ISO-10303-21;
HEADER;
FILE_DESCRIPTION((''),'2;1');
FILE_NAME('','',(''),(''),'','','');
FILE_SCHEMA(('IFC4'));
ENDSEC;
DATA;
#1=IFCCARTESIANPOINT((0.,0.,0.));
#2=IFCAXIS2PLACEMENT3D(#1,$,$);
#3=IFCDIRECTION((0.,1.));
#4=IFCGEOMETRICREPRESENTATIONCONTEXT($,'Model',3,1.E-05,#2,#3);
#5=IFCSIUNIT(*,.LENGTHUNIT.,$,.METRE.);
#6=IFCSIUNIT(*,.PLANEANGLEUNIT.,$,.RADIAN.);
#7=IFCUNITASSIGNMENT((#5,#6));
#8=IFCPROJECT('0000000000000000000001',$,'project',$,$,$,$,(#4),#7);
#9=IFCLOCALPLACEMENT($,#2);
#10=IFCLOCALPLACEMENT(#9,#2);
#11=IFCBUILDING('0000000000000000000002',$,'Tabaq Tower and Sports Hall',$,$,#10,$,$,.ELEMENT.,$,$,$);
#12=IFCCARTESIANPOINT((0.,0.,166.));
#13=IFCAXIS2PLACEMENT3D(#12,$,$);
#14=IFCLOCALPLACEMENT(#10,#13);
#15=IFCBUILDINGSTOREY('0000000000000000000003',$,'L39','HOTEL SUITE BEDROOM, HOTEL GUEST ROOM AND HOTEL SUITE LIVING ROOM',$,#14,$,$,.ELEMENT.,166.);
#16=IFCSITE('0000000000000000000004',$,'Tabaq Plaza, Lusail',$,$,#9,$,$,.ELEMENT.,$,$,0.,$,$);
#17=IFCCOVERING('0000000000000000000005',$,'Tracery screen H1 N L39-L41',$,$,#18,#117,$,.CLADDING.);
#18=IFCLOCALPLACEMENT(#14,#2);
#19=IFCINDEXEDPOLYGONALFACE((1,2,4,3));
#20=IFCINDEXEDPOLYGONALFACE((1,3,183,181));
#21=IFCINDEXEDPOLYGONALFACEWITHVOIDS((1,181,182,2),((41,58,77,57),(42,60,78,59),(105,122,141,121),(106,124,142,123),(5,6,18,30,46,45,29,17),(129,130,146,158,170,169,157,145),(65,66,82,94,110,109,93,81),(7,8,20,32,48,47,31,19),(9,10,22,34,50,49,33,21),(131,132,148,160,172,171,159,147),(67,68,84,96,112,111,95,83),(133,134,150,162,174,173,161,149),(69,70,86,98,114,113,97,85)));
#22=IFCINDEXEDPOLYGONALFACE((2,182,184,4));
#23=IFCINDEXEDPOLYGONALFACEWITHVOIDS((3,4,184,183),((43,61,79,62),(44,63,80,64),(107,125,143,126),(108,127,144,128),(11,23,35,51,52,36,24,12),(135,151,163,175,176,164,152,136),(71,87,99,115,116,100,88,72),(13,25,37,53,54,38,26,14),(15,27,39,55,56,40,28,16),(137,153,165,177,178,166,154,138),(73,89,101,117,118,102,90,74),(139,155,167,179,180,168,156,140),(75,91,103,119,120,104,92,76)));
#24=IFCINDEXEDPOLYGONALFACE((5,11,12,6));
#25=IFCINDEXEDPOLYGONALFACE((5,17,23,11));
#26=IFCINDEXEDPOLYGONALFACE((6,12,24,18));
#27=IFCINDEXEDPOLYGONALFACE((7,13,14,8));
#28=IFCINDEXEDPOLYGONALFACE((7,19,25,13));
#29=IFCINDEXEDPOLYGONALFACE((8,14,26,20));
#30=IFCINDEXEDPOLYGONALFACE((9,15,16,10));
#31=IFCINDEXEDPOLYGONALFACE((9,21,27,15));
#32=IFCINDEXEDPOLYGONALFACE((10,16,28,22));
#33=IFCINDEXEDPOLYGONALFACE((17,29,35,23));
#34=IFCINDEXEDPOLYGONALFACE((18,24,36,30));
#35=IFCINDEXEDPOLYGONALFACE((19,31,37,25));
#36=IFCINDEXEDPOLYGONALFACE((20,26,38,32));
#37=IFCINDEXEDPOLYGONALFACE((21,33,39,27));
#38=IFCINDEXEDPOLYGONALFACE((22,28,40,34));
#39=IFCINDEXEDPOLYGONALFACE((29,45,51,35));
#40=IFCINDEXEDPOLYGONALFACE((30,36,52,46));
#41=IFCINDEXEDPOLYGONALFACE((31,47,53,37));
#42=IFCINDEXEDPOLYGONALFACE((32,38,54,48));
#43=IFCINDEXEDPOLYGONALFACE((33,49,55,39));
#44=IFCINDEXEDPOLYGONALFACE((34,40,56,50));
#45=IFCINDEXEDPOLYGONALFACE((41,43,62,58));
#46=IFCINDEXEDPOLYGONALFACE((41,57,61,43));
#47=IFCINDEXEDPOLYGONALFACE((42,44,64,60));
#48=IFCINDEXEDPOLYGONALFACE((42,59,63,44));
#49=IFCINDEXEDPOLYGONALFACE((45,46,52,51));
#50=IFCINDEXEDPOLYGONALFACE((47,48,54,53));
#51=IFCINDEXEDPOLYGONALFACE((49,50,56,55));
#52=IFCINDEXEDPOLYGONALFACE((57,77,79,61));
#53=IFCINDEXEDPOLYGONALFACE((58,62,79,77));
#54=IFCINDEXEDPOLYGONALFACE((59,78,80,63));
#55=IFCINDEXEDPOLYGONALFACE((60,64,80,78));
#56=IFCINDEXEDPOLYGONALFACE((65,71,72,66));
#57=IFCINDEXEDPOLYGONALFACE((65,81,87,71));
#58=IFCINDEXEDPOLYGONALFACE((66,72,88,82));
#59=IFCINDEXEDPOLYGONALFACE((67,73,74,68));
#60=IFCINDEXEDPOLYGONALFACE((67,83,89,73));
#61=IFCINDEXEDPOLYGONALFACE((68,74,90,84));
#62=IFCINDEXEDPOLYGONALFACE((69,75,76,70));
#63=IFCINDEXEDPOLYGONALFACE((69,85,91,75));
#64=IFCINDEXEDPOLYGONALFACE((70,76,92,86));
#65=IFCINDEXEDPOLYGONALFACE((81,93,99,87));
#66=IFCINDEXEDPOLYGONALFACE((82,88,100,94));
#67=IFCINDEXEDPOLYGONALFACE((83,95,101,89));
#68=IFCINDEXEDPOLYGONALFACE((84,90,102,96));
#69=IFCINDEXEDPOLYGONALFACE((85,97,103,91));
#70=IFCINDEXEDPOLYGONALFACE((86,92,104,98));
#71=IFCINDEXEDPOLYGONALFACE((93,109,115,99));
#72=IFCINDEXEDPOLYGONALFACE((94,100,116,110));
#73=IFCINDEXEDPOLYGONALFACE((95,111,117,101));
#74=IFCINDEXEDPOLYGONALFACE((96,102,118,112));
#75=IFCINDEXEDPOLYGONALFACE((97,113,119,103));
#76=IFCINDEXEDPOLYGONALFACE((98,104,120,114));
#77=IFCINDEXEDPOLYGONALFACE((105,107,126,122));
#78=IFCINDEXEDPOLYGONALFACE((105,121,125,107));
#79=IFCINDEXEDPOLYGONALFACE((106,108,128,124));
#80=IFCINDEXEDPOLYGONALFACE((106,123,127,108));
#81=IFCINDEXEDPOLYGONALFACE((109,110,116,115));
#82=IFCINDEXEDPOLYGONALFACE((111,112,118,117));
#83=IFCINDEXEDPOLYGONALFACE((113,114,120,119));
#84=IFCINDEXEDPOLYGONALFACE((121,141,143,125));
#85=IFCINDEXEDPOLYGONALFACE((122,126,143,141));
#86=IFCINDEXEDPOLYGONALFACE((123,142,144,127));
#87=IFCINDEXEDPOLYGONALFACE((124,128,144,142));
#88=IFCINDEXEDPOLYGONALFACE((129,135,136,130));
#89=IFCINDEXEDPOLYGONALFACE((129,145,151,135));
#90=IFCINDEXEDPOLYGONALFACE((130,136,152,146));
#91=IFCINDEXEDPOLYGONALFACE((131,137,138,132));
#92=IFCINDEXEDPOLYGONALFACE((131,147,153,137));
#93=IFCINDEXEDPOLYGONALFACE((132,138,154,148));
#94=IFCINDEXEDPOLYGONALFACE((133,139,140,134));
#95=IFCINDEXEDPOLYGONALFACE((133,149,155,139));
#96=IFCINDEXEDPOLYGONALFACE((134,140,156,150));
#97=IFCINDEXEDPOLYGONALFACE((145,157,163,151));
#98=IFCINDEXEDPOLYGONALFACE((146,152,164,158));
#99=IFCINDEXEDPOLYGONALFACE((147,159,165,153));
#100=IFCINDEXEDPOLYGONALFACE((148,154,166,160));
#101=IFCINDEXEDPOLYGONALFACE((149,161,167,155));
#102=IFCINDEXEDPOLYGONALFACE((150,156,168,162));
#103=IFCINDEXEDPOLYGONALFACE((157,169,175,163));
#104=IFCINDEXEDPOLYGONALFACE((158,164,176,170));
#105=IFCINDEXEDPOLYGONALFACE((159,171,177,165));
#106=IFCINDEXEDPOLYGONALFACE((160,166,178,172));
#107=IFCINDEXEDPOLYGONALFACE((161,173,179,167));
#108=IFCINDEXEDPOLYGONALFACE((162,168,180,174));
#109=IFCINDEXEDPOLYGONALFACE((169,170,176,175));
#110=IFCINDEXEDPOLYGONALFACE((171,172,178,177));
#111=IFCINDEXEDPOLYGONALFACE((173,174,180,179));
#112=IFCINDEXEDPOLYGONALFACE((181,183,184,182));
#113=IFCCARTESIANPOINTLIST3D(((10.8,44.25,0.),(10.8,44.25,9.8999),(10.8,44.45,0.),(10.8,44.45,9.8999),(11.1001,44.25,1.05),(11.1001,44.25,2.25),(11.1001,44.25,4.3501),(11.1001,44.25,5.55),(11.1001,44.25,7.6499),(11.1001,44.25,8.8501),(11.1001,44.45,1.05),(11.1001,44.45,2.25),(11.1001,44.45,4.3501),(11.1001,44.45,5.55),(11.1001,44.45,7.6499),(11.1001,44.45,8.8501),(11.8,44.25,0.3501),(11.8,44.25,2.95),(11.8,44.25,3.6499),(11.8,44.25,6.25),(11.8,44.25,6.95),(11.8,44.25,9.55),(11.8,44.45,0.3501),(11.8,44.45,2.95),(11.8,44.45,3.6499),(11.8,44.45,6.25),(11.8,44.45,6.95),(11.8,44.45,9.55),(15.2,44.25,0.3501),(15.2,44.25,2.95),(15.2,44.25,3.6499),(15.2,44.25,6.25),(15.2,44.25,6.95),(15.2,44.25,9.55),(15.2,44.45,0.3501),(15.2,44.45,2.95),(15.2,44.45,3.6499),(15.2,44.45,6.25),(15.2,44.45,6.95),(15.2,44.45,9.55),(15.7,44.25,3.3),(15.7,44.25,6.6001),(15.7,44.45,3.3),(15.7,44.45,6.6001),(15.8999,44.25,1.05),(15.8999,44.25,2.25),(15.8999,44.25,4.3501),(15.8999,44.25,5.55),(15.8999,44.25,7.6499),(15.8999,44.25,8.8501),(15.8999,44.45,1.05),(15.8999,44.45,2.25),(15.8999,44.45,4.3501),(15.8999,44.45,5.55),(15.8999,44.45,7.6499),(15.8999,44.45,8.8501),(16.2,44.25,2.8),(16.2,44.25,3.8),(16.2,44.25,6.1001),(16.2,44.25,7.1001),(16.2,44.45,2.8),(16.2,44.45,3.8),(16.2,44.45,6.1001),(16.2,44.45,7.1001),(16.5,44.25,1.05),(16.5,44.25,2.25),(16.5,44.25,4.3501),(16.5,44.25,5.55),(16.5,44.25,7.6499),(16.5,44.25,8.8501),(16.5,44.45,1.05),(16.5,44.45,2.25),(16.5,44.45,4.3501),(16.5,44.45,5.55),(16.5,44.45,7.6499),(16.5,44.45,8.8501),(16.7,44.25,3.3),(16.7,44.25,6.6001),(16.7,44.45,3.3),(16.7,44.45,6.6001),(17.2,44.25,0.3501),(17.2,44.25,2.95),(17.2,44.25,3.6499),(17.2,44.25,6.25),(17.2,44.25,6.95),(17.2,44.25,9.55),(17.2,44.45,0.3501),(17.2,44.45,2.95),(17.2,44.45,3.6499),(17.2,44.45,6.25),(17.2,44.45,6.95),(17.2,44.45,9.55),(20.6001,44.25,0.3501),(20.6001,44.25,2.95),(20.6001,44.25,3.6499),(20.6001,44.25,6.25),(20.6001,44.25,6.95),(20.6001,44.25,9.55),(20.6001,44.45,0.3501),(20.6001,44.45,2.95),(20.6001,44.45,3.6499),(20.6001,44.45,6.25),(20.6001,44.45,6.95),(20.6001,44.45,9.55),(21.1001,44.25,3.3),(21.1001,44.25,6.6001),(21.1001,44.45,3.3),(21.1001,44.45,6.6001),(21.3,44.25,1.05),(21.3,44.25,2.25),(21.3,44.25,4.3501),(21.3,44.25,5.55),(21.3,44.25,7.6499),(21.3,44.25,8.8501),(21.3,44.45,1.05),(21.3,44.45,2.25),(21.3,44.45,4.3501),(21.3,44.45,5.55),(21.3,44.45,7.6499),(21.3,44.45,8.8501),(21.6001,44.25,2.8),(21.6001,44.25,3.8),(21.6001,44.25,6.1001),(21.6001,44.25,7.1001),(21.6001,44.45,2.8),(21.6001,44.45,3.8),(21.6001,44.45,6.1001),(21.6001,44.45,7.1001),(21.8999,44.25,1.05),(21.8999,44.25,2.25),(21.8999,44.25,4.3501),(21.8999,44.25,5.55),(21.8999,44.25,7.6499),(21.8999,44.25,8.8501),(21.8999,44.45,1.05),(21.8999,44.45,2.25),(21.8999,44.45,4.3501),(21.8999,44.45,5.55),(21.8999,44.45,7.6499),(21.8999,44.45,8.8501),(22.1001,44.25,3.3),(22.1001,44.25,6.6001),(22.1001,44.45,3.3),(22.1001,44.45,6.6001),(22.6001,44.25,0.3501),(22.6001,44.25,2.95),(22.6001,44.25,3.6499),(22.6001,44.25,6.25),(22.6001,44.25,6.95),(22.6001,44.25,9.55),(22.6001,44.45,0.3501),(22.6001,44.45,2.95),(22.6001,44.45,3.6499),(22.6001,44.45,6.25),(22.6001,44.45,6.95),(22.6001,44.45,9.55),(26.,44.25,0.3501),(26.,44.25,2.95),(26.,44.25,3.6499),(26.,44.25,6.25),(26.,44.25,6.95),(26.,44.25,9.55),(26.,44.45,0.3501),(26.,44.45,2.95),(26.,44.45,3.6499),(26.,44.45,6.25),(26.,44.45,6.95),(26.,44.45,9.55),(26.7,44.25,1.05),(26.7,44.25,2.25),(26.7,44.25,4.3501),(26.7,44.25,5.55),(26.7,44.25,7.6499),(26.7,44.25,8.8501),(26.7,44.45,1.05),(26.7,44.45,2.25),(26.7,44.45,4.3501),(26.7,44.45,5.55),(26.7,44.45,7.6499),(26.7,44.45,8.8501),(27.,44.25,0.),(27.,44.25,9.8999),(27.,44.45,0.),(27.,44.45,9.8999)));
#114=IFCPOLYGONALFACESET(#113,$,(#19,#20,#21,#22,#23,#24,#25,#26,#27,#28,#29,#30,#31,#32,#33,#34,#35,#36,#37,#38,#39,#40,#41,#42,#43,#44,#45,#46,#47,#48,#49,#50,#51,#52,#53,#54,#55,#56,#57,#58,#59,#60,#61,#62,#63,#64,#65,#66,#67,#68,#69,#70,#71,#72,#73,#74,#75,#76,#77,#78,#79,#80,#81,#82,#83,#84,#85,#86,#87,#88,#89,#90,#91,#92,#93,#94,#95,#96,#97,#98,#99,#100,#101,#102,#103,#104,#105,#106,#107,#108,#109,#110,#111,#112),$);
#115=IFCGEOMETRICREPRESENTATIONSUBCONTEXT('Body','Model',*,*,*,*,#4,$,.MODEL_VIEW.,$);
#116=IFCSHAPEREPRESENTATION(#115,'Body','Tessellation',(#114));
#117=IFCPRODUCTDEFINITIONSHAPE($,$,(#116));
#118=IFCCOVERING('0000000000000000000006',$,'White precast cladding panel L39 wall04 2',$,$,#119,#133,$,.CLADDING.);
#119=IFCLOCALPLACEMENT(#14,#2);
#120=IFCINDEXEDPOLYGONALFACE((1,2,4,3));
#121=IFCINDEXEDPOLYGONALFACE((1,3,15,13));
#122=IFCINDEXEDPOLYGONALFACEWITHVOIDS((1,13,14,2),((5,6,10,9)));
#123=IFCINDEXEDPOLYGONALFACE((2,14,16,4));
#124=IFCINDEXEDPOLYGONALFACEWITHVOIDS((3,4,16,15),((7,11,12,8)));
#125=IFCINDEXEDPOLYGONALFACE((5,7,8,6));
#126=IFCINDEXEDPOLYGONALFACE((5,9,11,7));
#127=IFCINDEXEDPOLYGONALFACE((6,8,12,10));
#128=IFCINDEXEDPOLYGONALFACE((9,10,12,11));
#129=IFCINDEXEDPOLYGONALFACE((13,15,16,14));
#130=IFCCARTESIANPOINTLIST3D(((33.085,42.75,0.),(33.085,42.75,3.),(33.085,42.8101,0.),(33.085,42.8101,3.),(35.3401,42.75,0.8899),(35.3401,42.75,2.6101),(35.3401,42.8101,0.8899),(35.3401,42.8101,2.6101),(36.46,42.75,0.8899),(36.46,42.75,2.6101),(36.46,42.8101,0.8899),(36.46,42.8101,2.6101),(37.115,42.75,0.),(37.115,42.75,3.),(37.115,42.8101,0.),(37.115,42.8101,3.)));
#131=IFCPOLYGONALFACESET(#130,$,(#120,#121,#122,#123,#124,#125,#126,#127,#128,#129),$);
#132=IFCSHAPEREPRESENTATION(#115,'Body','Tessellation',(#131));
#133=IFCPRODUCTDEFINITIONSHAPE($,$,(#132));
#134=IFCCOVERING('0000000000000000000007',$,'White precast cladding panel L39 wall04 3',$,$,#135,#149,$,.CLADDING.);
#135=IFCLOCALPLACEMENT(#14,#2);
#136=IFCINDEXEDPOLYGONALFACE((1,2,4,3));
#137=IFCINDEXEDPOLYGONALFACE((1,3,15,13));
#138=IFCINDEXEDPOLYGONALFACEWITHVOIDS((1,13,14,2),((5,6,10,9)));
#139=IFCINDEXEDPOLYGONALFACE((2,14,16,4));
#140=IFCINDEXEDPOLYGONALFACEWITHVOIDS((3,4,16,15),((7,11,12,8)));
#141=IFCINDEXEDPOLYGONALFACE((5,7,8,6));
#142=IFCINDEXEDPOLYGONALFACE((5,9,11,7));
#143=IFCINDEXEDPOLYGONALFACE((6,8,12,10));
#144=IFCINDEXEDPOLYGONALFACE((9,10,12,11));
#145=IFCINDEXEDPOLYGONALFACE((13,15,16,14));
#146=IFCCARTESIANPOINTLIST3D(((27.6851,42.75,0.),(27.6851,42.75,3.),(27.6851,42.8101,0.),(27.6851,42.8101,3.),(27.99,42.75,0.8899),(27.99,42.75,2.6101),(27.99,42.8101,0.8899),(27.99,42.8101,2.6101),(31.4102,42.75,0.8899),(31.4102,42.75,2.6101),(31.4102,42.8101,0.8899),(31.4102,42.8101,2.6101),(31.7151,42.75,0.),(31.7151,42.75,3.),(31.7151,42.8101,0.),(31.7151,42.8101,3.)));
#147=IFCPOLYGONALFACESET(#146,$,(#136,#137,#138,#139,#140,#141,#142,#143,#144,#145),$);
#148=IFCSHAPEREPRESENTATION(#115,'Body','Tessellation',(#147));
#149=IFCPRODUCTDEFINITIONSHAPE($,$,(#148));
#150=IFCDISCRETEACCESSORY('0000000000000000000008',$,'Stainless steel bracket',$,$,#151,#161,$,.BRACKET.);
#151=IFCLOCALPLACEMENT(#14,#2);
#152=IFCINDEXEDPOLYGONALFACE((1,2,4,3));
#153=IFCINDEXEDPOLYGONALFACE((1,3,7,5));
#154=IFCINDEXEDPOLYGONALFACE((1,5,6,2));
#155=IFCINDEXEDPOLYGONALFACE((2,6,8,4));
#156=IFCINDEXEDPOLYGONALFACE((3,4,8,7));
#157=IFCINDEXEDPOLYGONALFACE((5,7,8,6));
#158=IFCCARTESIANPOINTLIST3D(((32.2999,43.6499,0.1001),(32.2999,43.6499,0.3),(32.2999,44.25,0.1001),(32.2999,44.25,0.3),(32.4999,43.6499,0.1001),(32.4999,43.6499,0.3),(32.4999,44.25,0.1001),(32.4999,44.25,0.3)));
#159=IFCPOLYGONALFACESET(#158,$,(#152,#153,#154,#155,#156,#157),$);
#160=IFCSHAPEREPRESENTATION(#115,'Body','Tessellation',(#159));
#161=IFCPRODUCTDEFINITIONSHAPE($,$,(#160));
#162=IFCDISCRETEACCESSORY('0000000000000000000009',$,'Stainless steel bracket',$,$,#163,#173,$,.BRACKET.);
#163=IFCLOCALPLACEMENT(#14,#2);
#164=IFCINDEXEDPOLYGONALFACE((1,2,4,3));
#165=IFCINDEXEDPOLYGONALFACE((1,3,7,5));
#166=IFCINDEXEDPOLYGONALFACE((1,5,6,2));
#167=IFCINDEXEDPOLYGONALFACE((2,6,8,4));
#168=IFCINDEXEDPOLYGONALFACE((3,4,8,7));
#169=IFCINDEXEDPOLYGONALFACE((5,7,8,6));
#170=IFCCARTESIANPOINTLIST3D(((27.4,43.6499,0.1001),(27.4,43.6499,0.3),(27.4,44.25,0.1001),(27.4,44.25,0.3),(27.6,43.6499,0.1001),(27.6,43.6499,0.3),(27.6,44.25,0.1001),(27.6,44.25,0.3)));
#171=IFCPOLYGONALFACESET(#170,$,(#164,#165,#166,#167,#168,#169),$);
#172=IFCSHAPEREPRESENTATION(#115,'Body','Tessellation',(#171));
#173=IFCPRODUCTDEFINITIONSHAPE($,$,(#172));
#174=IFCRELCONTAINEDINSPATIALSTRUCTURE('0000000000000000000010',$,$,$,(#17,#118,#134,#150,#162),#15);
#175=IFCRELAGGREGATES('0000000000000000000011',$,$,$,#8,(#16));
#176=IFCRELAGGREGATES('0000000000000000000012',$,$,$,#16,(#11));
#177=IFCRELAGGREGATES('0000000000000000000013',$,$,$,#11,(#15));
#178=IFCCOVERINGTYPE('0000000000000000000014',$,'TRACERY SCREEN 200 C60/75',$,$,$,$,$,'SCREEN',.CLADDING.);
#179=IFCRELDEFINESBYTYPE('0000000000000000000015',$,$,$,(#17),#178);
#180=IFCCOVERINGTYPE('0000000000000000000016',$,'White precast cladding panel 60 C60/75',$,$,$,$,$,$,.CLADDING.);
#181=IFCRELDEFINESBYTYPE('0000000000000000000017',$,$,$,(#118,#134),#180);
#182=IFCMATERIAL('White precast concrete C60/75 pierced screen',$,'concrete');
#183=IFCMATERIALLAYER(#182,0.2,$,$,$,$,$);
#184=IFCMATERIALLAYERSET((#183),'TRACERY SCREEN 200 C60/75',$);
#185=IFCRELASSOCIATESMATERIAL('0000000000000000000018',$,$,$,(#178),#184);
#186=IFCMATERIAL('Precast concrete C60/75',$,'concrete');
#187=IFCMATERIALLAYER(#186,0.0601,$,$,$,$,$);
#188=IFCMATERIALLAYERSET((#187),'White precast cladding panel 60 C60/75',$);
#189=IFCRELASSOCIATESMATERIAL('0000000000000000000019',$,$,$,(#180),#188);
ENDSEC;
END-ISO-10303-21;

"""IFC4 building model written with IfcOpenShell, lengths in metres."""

from ifc_helpers import new_model, si_unit, direction, frame, origin, origin_2d, place, context, subcontext, project, spatial, polyline, rectangle, outline, extrude, material, layer, layer_set, type_object, element, save


model = new_model("IFC4")

# Units and contexts
model_context = context("Model", 3, precision=1e-05, world=origin(), true_north=direction((0.0, 1.0)))
body_context = subcontext(model_context, "Body", "Model", "MODEL_VIEW")
ifc_project = project(units=[si_unit("LENGTHUNIT", "METRE"), si_unit("PLANEANGLEUNIT", "RADIAN")], contexts=[model_context])

# Site, building, storey
site_placement = place(None, origin())
site = spatial("IfcSite", under=ifc_project, at=site_placement, Name="Tabaq Plaza, Lusail", CompositionType="ELEMENT", RefElevation=0.0)
building_placement = place(site_placement, origin())
building = spatial("IfcBuilding", under=site, at=building_placement, Name="Tabaq Tower and Sports Hall", CompositionType="ELEMENT")
storey_placement = place(building_placement, frame((0.0, 0.0, 166.0)))
storey = spatial("IfcBuildingStorey", under=building, at=storey_placement, Name="L39", Description="HOTEL SUITE BEDROOM, HOTEL GUEST ROOM AND HOTEL SUITE LIVING ROOM", CompositionType="ELEMENT", Elevation=166.0)

# Coverings
ifc_material_1 = material(Name="White precast concrete C60/75 pierced screen", Category="concrete")
ifc_layer_1 = layer(ifc_material_1, 0.2)
ifc_layer_set_1 = layer_set([ifc_layer_1], Name="TRACERY SCREEN 200 C60/75")
covering_type_1 = type_object("IfcCoveringType", Name="TRACERY SCREEN 200 C60/75", ElementType="SCREEN", PredefinedType="CLADDING", material=ifc_layer_set_1)
covering_1_placement = place(storey_placement, frame((27.0, 44.3501, 0.0), z_axis=(0.0, 0.0, 1.0), x_axis=(-1.0, 0.0, 0.0)))
element("IfcCovering", 1, at=covering_1_placement, inside=storey, type_object=covering_type_1, Name="Tracery screen H1 N L39-L41", PredefinedType="CLADDING", context=body_context, shape_type="SweptSolid", body=[
    extrude(outline(polyline([(0.0, 0.0), (16.2, 0.0), (16.2, 9.8999), (0.0, 9.8999), (0.0, 0.0)]), holes=[polyline([(1.0, 0.3501), (4.3999, 0.3501), (5.1001, 1.05), (5.1001, 2.25), (4.3999, 2.95), (1.0, 2.95), (0.3, 2.25), (0.3, 1.05), (1.0, 0.3501)]), polyline([(6.3999, 0.3501), (9.8, 0.3501), (10.5, 1.05), (10.5, 2.25), (9.8, 2.95), (6.3999, 2.95), (5.7, 2.25), (5.7, 1.05), (6.3999, 0.3501)]), polyline([(11.8, 0.3501), (15.2, 0.3501), (15.8999, 1.05), (15.8999, 2.25), (15.2, 2.95), (11.8, 2.95), (11.1001, 2.25), (11.1001, 1.05), (11.8, 0.3501)]), polyline([(1.0, 3.6499), (4.3999, 3.6499), (5.1001, 4.3501), (5.1001, 5.55), (4.3999, 6.25), (1.0, 6.25), (0.3, 5.55), (0.3, 4.3501), (1.0, 3.6499)]), polyline([(6.3999, 3.6499), (9.8, 3.6499), (10.5, 4.3501), (10.5, 5.55), (9.8, 6.25), (6.3999, 6.25), (5.7, 5.55), (5.7, 4.3501), (6.3999, 3.6499)]), polyline([(11.8, 3.6499), (15.2, 3.6499), (15.8999, 4.3501), (15.8999, 5.55), (15.2, 6.25), (11.8, 6.25), (11.1001, 5.55), (11.1001, 4.3501), (11.8, 3.6499)]), polyline([(1.0, 6.95), (4.3999, 6.95), (5.1001, 7.6499), (5.1001, 8.8501), (4.3999, 9.55), (1.0, 9.55), (0.3, 8.8501), (0.3, 7.6499), (1.0, 6.95)]), polyline([(6.3999, 6.95), (9.8, 6.95), (10.5, 7.6499), (10.5, 8.8501), (9.8, 9.55), (6.3999, 9.55), (5.7, 8.8501), (5.7, 7.6499), (6.3999, 6.95)]), polyline([(11.8, 6.95), (15.2, 6.95), (15.8999, 7.6499), (15.8999, 8.8501), (15.2, 9.55), (11.8, 9.55), (11.1001, 8.8501), (11.1001, 7.6499), (11.8, 6.95)]), polyline([(5.8999, 3.3), (5.3999, 3.8), (4.8999, 3.3), (5.3999, 2.8), (5.8999, 3.3)]), polyline([(11.3, 3.3), (10.8, 3.8), (10.3, 3.3), (10.8, 2.8), (11.3, 3.3)]), polyline([(5.8999, 6.6001), (5.3999, 7.1001), (4.8999, 6.6001), (5.3999, 6.1001), (5.8999, 6.6001)]), polyline([(11.3, 6.6001), (10.8, 7.1001), (10.3, 6.6001), (10.8, 6.1001), (11.3, 6.6001)])]), frame((0.0, 0.1001, 0.0), z_axis=(0.0, -1.0, 0.0), x_axis=(1.0, 0.0, 0.0)), (0.0, 0.0, 1.0), 0.2),
])
ifc_material_2 = material(Name="Precast concrete C60/75", Category="concrete")
ifc_layer_2 = layer(ifc_material_2, 0.0601)
ifc_layer_set_2 = layer_set([ifc_layer_2], Name="White precast cladding panel 60 C60/75")
covering_type_2 = type_object("IfcCoveringType", Name="White precast cladding panel 60 C60/75", PredefinedType="CLADDING", material=ifc_layer_set_2)
covering_2_placement = place(storey_placement, frame((37.115, 42.78, 0.0), z_axis=(0.0, 0.0, 1.0), x_axis=(-1.0, 0.0, 0.0)))
element("IfcCovering", 2, at=covering_2_placement, inside=storey, type_object=covering_type_2, Name="White precast cladding panel L39 wall04 2", PredefinedType="CLADDING", context=body_context, shape_type="SweptSolid", body=[
    extrude(outline(polyline([(0.0, 0.0), (4.03, 0.0), (4.03, 3.0), (0.0, 3.0), (0.0, 0.0)]), holes=[polyline([(0.655, 0.8899), (0.655, 2.6101), (1.7749, 2.6101), (1.7749, 0.8899), (0.655, 0.8899)])]), frame((0.0, 0.03, 0.0), z_axis=(0.0, -1.0, 0.0), x_axis=(1.0, 0.0, 0.0)), (0.0, 0.0, 1.0), 0.0601),
])
covering_3_placement = place(storey_placement, frame((31.7151, 42.78, 0.0), z_axis=(0.0, 0.0, 1.0), x_axis=(-1.0, 0.0, 0.0)))
element("IfcCovering", 3, at=covering_3_placement, inside=storey, type_object=covering_type_2, Name="White precast cladding panel L39 wall04 3", PredefinedType="CLADDING", context=body_context, shape_type="SweptSolid", body=[
    extrude(outline(polyline([(0.0, 0.0), (4.03, 0.0), (4.03, 3.0), (0.0, 3.0), (0.0, 0.0)]), holes=[polyline([(0.3049, 0.8899), (0.3049, 2.6101), (3.7251, 2.6101), (3.7251, 0.8899), (0.3049, 0.8899)])]), frame((0.0, 0.03, 0.0), z_axis=(0.0, -1.0, 0.0), x_axis=(1.0, 0.0, 0.0)), (0.0, 0.0, 1.0), 0.0601),
])

# Discrete accessories
for number, where, z_axis, x_axis, name in (
    (4, (32.3999, 43.95, 0.1001), (0.0, 0.0, 1.0), (0.0, 1.0, 0.0), "Stainless steel bracket"),
    (5, (27.5, 43.95, 0.1001), (0.0, 0.0, 1.0), (0.0, 1.0, 0.0), "Stainless steel bracket"),
):
    element("IfcDiscreteAccessory", number, at=place(storey_placement, frame(where, z_axis=z_axis, x_axis=x_axis)), inside=storey, Name=name, PredefinedType="BRACKET", context=body_context, shape_type="SweptSolid", body=[
        extrude(rectangle(XDim=0.6001, YDim=0.2, at=origin_2d()), origin(), (0.0, 0.0, 1.0), 0.2),
    ])

save(model, "model.ifc")
